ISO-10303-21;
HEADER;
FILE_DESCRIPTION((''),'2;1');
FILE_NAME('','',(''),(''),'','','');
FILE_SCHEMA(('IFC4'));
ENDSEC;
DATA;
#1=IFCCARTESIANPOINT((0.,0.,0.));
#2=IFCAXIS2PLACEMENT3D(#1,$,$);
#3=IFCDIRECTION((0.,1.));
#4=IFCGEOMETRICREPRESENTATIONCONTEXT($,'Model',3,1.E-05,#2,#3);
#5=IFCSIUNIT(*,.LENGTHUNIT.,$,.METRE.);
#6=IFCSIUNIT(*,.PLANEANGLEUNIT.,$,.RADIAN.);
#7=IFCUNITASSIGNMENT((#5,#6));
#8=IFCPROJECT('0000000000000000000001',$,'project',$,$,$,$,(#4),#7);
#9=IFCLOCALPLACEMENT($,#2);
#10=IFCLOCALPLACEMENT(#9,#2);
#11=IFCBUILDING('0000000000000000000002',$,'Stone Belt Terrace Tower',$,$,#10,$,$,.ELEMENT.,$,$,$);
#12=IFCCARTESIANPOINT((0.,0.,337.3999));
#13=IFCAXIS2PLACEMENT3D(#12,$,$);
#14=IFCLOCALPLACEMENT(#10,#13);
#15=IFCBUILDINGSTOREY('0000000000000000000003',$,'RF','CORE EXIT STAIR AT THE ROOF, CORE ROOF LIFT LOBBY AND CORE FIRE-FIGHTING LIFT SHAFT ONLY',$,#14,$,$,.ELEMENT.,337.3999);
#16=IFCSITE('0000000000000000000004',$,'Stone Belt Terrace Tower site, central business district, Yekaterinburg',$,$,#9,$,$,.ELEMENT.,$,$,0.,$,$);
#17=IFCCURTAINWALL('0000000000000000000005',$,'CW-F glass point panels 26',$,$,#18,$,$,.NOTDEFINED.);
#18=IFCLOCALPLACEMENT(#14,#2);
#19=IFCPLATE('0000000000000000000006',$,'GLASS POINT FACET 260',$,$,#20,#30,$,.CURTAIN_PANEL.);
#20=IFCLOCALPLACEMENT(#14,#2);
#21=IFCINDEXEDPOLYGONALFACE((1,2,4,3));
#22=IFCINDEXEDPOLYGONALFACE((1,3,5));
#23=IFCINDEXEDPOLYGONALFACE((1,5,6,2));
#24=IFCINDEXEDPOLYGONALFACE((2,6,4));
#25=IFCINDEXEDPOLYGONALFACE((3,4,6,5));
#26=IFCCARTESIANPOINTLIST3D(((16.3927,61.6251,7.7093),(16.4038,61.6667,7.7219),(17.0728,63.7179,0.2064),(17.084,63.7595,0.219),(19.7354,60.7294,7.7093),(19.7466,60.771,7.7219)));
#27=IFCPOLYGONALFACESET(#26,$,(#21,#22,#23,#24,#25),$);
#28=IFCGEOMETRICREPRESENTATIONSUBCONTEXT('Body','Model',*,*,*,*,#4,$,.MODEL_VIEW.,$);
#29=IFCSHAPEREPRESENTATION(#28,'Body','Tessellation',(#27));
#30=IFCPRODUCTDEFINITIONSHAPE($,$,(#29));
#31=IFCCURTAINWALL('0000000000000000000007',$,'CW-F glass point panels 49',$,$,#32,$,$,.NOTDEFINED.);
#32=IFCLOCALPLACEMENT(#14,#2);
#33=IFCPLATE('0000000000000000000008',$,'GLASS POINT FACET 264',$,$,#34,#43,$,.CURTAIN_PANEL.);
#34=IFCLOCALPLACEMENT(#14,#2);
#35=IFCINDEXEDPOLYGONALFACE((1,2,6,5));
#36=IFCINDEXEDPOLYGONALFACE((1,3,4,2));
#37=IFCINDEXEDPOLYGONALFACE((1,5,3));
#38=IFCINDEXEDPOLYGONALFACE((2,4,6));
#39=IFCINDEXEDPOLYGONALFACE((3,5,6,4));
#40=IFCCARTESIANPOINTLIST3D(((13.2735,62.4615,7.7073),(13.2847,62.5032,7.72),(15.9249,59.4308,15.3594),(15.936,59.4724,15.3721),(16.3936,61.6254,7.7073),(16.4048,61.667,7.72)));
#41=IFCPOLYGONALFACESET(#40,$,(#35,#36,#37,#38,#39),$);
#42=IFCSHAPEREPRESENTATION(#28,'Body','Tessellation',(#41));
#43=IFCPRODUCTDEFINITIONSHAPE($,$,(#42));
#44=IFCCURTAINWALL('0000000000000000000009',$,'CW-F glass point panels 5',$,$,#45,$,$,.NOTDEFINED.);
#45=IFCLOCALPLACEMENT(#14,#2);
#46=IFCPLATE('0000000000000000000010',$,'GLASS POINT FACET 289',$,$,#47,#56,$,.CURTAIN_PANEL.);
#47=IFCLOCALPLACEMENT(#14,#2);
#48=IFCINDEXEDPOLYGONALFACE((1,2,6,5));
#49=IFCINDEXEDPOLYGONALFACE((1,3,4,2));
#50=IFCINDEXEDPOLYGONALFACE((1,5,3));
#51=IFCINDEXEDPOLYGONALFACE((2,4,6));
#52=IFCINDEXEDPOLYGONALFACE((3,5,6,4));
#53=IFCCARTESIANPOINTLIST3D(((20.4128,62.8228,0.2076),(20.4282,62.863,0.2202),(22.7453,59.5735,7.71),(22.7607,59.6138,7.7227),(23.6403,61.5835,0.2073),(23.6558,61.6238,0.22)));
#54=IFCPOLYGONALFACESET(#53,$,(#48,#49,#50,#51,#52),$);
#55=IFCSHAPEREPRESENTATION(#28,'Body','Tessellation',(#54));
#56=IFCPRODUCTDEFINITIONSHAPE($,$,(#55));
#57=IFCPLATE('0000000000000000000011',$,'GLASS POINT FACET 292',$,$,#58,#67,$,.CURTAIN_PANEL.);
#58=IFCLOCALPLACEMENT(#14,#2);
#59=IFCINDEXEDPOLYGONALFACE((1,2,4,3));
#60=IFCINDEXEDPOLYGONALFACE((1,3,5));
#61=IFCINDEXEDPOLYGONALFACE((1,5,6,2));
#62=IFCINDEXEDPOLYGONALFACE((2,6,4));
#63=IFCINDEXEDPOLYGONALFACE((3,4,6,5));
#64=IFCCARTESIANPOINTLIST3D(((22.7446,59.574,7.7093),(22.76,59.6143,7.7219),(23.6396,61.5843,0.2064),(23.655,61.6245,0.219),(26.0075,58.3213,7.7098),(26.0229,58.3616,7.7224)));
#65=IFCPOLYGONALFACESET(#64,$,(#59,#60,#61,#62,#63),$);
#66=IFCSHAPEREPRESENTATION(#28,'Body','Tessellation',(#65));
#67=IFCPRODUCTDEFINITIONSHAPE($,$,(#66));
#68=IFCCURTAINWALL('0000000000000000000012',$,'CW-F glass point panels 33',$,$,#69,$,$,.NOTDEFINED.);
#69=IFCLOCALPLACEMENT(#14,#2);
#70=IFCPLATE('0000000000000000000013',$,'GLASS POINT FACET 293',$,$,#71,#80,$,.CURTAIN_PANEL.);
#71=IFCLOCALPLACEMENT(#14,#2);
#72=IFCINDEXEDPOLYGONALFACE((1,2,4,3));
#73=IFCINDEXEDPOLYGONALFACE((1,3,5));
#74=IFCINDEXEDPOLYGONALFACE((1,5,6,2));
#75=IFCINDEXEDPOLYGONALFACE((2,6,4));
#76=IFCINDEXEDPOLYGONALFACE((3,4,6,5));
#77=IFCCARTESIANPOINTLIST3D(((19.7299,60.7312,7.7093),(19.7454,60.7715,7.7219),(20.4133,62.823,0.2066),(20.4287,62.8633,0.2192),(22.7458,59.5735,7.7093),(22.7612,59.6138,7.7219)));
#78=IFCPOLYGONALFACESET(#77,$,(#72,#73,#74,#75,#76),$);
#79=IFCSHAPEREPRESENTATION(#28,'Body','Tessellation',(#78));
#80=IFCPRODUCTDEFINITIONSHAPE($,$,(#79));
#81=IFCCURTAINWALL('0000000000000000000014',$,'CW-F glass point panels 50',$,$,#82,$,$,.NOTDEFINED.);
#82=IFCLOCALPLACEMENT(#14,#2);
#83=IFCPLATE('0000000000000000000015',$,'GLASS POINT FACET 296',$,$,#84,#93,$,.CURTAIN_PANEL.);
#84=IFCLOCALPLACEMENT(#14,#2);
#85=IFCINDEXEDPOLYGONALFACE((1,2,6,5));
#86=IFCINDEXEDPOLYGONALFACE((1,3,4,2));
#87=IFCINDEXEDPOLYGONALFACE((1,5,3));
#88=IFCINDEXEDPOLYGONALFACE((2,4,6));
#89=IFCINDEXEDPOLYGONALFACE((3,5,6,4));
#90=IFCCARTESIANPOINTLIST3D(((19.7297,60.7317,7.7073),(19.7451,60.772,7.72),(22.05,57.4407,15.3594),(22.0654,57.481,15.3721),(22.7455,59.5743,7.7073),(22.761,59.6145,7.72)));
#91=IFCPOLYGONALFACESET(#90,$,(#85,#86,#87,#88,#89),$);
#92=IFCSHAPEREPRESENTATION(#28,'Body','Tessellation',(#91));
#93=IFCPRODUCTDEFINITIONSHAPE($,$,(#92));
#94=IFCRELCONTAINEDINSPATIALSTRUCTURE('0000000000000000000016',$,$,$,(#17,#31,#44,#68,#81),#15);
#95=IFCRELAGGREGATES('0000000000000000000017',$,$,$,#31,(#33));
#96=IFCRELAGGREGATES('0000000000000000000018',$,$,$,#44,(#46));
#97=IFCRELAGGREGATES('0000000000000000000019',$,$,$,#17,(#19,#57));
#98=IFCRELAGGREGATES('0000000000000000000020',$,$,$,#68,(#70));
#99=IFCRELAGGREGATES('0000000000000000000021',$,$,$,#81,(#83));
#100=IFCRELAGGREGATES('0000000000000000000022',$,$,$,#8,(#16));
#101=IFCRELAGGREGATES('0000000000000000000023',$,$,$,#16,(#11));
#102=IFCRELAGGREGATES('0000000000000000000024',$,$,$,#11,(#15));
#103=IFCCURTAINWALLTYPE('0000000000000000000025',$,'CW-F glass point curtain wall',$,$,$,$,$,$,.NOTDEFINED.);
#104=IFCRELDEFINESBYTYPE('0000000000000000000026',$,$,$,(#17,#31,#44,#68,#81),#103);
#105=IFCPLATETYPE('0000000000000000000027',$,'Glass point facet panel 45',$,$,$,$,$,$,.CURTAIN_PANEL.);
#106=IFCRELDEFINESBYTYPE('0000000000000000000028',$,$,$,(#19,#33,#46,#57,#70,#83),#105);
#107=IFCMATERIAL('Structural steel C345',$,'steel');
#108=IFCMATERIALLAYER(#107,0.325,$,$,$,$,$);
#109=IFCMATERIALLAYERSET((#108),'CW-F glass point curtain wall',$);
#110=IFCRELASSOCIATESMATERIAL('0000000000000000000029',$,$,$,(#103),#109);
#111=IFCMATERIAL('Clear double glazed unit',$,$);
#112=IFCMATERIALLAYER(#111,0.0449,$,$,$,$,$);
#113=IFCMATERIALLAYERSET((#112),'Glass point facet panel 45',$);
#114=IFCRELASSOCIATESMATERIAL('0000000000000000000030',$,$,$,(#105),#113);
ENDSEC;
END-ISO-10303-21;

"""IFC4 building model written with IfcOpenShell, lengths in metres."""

from ifc_helpers import new_model, si_unit, direction, frame, origin, place, context, subcontext, project, spatial, polyline, outline, extrude, material, layer, layer_set, type_object, element, aggregate, save


model = new_model("IFC4")

# Units and contexts
model_context = context("Model", 3, precision=1e-05, world=origin(), true_north=direction((0.0, 1.0)))
body_context = subcontext(model_context, "Body", "Model", "MODEL_VIEW")
ifc_project = project(units=[si_unit("LENGTHUNIT", "METRE"), si_unit("PLANEANGLEUNIT", "RADIAN")], contexts=[model_context])

# Site, building, storey
site_placement = place(None, origin())
site = spatial("IfcSite", under=ifc_project, at=site_placement, Name="Stone Belt Terrace Tower site, central business district, Yekaterinburg", CompositionType="ELEMENT", RefElevation=0.0)
building_placement = place(site_placement, origin())
building = spatial("IfcBuilding", under=site, at=building_placement, Name="Stone Belt Terrace Tower", CompositionType="ELEMENT")
storey_placement = place(building_placement, frame((0.0, 0.0, 337.3999)))
storey = spatial("IfcBuildingStorey", under=building, at=storey_placement, Name="RF", Description="CORE EXIT STAIR AT THE ROOF, CORE ROOF LIFT LOBBY AND CORE FIRE-FIGHTING LIFT SHAFT ONLY", CompositionType="ELEMENT", Elevation=337.3999)

# Shared definitions
ifc_material_1 = material(Name="Structural steel C345", Category="steel")

# Curtain walls, plates
ifc_layer_1 = layer(ifc_material_1, 0.325)
ifc_layer_set_1 = layer_set([ifc_layer_1], Name="CW-F glass point curtain wall")
curtain_wall_type = type_object("IfcCurtainWallType", Name="CW-F glass point curtain wall", PredefinedType="NOTDEFINED", material=ifc_layer_set_1)
ifc_material_2 = material(Name="Clear double glazed unit")
ifc_layer_2 = layer(ifc_material_2, 0.0449)
ifc_layer_set_2 = layer_set([ifc_layer_2], Name="Glass point facet panel 45")
plate_type = type_object("IfcPlateType", Name="Glass point facet panel 45", PredefinedType="CURTAIN_PANEL", material=ifc_layer_set_2)
curtain_wall_1_placement = place(storey_placement, origin())
curtain_wall_1 = element("IfcCurtainWall", 1, at=curtain_wall_1_placement, inside=storey, type_object=curtain_wall_type, Name="CW-F glass point panels 26", PredefinedType="NOTDEFINED")
plate_1_placement = place(storey_placement, frame((17.084, 63.7595, 0.219), z_axis=(0.2484, 0.92698, 0.281079), x_axis=(0.313107, -0.351434, 0.882303)))
plate_1 = element("IfcPlate", 2, at=plate_1_placement, type_object=plate_type, Name="GLASS POINT FACET 260", PredefinedType="CURTAIN_PANEL", context=body_context, shape_type="SweptSolid", body=[
    extrude(outline(polyline([(0.0, 0.0), (8.5038, 0.0), (7.1424, -3.1817), (0.0, 0.0)])), origin(), (0.0, 0.0, -1.0), 0.0449),
])
curtain_wall_2_placement = place(storey_placement, origin())
curtain_wall_2 = element("IfcCurtainWall", 3, at=curtain_wall_2_placement, inside=storey, type_object=curtain_wall_type, Name="CW-F glass point panels 49", PredefinedType="NOTDEFINED")
plate_2_placement = place(storey_placement, frame((16.4048, 61.667, 7.72), z_axis=(0.248427, 0.926976, 0.28107), x_axis=(-0.058782, -0.275204, 0.959587)))
plate_2 = element("IfcPlate", 4, at=plate_2_placement, type_object=plate_type, Name="GLASS POINT FACET 264", PredefinedType="CURTAIN_PANEL", context=body_context, shape_type="SweptSolid", body=[
    extrude(outline(polyline([(0.0, 0.0), (7.9744, 0.0), (-0.0467, -3.2299), (0.0, 0.0)])), origin(), (0.0, 0.0, -1.0), 0.0449),
])
aggregate(curtain_wall_2, [plate_2])
curtain_wall_3_placement = place(storey_placement, origin())
curtain_wall_3 = element("IfcCurtainWall", 5, at=curtain_wall_3_placement, inside=storey, type_object=curtain_wall_type, Name="CW-F glass point panels 5", PredefinedType="NOTDEFINED")
plate_3_placement = place(storey_placement, frame((20.4282, 62.863, 0.2202), z_axis=(0.344019, 0.895911, 0.281059), x_axis=(0.933549, -0.358449, -0.000071)))
plate_3 = element("IfcPlate", 6, at=plate_3_placement, type_object=plate_type, Name="GLASS POINT FACET 289", PredefinedType="CURTAIN_PANEL", context=body_context, shape_type="SweptSolid", body=[
    extrude(outline(polyline([(0.0, 0.0), (3.4573, 0.0), (3.3417, -7.8178), (0.0, 0.0)])), origin(), (0.0, 0.0, -1.0), 0.0449),
])
aggregate(curtain_wall_3, [plate_3])

# Plate
plate_4_placement = place(storey_placement, frame((23.655, 61.6245, 0.219), z_axis=(0.343922, 0.895943, 0.281076), x_axis=(0.277992, -0.383067, 0.880897)))
plate_4 = element("IfcPlate", 7, at=plate_4_placement, type_object=plate_type, Name="GLASS POINT FACET 292", PredefinedType="CURTAIN_PANEL", context=body_context, shape_type="SweptSolid", body=[
    extrude(outline(polyline([(0.0, 0.0), (8.5179, 0.0), (7.1306, -3.208), (0.0, 0.0)])), origin(), (0.0, 0.0, -1.0), 0.0449),
])
aggregate(curtain_wall_1, [plate_1, plate_4])

# Curtain walls, plates
curtain_wall_4_placement = place(storey_placement, origin())
curtain_wall_4 = element("IfcCurtainWall", 8, at=curtain_wall_4_placement, inside=storey, type_object=curtain_wall_type, Name="CW-F glass point panels 33", PredefinedType="NOTDEFINED")
plate_5_placement = place(storey_placement, frame((20.4287, 62.8633, 0.2192), z_axis=(0.343924, 0.89593, 0.281116), x_axis=(0.274338, -0.382189, 0.882423)))
plate_5 = element("IfcPlate", 9, at=plate_5_placement, type_object=plate_type, Name="GLASS POINT FACET 293", PredefinedType="CURTAIN_PANEL", context=body_context, shape_type="SweptSolid", body=[
    extrude(outline(polyline([(0.0, 0.0), (8.5024, 0.0), (7.2325, -2.9704), (0.0, 0.0)])), origin(), (0.0, 0.0, -1.0), 0.0449),
])
aggregate(curtain_wall_4, [plate_5])
curtain_wall_5_placement = place(storey_placement, origin())
curtain_wall_5 = element("IfcCurtainWall", 10, at=curtain_wall_5_placement, inside=storey, type_object=curtain_wall_type, Name="CW-F glass point panels 50", PredefinedType="NOTDEFINED")
plate_6_placement = place(storey_placement, frame((22.761, 59.6145, 7.72), z_axis=(0.343866, 0.895967, 0.281068), x_axis=(-0.087224, -0.267551, 0.959588)))
plate_6 = element("IfcPlate", 11, at=plate_6_placement, type_object=plate_type, Name="GLASS POINT FACET 296", PredefinedType="CURTAIN_PANEL", context=body_context, shape_type="SweptSolid", body=[
    extrude(outline(polyline([(0.0, 0.0), (7.9744, 0.0), (-0.0466, -3.23), (0.0, 0.0)])), origin(), (0.0, 0.0, -1.0), 0.0449),
])
aggregate(curtain_wall_5, [plate_6])

save(model, "model.ifc")
